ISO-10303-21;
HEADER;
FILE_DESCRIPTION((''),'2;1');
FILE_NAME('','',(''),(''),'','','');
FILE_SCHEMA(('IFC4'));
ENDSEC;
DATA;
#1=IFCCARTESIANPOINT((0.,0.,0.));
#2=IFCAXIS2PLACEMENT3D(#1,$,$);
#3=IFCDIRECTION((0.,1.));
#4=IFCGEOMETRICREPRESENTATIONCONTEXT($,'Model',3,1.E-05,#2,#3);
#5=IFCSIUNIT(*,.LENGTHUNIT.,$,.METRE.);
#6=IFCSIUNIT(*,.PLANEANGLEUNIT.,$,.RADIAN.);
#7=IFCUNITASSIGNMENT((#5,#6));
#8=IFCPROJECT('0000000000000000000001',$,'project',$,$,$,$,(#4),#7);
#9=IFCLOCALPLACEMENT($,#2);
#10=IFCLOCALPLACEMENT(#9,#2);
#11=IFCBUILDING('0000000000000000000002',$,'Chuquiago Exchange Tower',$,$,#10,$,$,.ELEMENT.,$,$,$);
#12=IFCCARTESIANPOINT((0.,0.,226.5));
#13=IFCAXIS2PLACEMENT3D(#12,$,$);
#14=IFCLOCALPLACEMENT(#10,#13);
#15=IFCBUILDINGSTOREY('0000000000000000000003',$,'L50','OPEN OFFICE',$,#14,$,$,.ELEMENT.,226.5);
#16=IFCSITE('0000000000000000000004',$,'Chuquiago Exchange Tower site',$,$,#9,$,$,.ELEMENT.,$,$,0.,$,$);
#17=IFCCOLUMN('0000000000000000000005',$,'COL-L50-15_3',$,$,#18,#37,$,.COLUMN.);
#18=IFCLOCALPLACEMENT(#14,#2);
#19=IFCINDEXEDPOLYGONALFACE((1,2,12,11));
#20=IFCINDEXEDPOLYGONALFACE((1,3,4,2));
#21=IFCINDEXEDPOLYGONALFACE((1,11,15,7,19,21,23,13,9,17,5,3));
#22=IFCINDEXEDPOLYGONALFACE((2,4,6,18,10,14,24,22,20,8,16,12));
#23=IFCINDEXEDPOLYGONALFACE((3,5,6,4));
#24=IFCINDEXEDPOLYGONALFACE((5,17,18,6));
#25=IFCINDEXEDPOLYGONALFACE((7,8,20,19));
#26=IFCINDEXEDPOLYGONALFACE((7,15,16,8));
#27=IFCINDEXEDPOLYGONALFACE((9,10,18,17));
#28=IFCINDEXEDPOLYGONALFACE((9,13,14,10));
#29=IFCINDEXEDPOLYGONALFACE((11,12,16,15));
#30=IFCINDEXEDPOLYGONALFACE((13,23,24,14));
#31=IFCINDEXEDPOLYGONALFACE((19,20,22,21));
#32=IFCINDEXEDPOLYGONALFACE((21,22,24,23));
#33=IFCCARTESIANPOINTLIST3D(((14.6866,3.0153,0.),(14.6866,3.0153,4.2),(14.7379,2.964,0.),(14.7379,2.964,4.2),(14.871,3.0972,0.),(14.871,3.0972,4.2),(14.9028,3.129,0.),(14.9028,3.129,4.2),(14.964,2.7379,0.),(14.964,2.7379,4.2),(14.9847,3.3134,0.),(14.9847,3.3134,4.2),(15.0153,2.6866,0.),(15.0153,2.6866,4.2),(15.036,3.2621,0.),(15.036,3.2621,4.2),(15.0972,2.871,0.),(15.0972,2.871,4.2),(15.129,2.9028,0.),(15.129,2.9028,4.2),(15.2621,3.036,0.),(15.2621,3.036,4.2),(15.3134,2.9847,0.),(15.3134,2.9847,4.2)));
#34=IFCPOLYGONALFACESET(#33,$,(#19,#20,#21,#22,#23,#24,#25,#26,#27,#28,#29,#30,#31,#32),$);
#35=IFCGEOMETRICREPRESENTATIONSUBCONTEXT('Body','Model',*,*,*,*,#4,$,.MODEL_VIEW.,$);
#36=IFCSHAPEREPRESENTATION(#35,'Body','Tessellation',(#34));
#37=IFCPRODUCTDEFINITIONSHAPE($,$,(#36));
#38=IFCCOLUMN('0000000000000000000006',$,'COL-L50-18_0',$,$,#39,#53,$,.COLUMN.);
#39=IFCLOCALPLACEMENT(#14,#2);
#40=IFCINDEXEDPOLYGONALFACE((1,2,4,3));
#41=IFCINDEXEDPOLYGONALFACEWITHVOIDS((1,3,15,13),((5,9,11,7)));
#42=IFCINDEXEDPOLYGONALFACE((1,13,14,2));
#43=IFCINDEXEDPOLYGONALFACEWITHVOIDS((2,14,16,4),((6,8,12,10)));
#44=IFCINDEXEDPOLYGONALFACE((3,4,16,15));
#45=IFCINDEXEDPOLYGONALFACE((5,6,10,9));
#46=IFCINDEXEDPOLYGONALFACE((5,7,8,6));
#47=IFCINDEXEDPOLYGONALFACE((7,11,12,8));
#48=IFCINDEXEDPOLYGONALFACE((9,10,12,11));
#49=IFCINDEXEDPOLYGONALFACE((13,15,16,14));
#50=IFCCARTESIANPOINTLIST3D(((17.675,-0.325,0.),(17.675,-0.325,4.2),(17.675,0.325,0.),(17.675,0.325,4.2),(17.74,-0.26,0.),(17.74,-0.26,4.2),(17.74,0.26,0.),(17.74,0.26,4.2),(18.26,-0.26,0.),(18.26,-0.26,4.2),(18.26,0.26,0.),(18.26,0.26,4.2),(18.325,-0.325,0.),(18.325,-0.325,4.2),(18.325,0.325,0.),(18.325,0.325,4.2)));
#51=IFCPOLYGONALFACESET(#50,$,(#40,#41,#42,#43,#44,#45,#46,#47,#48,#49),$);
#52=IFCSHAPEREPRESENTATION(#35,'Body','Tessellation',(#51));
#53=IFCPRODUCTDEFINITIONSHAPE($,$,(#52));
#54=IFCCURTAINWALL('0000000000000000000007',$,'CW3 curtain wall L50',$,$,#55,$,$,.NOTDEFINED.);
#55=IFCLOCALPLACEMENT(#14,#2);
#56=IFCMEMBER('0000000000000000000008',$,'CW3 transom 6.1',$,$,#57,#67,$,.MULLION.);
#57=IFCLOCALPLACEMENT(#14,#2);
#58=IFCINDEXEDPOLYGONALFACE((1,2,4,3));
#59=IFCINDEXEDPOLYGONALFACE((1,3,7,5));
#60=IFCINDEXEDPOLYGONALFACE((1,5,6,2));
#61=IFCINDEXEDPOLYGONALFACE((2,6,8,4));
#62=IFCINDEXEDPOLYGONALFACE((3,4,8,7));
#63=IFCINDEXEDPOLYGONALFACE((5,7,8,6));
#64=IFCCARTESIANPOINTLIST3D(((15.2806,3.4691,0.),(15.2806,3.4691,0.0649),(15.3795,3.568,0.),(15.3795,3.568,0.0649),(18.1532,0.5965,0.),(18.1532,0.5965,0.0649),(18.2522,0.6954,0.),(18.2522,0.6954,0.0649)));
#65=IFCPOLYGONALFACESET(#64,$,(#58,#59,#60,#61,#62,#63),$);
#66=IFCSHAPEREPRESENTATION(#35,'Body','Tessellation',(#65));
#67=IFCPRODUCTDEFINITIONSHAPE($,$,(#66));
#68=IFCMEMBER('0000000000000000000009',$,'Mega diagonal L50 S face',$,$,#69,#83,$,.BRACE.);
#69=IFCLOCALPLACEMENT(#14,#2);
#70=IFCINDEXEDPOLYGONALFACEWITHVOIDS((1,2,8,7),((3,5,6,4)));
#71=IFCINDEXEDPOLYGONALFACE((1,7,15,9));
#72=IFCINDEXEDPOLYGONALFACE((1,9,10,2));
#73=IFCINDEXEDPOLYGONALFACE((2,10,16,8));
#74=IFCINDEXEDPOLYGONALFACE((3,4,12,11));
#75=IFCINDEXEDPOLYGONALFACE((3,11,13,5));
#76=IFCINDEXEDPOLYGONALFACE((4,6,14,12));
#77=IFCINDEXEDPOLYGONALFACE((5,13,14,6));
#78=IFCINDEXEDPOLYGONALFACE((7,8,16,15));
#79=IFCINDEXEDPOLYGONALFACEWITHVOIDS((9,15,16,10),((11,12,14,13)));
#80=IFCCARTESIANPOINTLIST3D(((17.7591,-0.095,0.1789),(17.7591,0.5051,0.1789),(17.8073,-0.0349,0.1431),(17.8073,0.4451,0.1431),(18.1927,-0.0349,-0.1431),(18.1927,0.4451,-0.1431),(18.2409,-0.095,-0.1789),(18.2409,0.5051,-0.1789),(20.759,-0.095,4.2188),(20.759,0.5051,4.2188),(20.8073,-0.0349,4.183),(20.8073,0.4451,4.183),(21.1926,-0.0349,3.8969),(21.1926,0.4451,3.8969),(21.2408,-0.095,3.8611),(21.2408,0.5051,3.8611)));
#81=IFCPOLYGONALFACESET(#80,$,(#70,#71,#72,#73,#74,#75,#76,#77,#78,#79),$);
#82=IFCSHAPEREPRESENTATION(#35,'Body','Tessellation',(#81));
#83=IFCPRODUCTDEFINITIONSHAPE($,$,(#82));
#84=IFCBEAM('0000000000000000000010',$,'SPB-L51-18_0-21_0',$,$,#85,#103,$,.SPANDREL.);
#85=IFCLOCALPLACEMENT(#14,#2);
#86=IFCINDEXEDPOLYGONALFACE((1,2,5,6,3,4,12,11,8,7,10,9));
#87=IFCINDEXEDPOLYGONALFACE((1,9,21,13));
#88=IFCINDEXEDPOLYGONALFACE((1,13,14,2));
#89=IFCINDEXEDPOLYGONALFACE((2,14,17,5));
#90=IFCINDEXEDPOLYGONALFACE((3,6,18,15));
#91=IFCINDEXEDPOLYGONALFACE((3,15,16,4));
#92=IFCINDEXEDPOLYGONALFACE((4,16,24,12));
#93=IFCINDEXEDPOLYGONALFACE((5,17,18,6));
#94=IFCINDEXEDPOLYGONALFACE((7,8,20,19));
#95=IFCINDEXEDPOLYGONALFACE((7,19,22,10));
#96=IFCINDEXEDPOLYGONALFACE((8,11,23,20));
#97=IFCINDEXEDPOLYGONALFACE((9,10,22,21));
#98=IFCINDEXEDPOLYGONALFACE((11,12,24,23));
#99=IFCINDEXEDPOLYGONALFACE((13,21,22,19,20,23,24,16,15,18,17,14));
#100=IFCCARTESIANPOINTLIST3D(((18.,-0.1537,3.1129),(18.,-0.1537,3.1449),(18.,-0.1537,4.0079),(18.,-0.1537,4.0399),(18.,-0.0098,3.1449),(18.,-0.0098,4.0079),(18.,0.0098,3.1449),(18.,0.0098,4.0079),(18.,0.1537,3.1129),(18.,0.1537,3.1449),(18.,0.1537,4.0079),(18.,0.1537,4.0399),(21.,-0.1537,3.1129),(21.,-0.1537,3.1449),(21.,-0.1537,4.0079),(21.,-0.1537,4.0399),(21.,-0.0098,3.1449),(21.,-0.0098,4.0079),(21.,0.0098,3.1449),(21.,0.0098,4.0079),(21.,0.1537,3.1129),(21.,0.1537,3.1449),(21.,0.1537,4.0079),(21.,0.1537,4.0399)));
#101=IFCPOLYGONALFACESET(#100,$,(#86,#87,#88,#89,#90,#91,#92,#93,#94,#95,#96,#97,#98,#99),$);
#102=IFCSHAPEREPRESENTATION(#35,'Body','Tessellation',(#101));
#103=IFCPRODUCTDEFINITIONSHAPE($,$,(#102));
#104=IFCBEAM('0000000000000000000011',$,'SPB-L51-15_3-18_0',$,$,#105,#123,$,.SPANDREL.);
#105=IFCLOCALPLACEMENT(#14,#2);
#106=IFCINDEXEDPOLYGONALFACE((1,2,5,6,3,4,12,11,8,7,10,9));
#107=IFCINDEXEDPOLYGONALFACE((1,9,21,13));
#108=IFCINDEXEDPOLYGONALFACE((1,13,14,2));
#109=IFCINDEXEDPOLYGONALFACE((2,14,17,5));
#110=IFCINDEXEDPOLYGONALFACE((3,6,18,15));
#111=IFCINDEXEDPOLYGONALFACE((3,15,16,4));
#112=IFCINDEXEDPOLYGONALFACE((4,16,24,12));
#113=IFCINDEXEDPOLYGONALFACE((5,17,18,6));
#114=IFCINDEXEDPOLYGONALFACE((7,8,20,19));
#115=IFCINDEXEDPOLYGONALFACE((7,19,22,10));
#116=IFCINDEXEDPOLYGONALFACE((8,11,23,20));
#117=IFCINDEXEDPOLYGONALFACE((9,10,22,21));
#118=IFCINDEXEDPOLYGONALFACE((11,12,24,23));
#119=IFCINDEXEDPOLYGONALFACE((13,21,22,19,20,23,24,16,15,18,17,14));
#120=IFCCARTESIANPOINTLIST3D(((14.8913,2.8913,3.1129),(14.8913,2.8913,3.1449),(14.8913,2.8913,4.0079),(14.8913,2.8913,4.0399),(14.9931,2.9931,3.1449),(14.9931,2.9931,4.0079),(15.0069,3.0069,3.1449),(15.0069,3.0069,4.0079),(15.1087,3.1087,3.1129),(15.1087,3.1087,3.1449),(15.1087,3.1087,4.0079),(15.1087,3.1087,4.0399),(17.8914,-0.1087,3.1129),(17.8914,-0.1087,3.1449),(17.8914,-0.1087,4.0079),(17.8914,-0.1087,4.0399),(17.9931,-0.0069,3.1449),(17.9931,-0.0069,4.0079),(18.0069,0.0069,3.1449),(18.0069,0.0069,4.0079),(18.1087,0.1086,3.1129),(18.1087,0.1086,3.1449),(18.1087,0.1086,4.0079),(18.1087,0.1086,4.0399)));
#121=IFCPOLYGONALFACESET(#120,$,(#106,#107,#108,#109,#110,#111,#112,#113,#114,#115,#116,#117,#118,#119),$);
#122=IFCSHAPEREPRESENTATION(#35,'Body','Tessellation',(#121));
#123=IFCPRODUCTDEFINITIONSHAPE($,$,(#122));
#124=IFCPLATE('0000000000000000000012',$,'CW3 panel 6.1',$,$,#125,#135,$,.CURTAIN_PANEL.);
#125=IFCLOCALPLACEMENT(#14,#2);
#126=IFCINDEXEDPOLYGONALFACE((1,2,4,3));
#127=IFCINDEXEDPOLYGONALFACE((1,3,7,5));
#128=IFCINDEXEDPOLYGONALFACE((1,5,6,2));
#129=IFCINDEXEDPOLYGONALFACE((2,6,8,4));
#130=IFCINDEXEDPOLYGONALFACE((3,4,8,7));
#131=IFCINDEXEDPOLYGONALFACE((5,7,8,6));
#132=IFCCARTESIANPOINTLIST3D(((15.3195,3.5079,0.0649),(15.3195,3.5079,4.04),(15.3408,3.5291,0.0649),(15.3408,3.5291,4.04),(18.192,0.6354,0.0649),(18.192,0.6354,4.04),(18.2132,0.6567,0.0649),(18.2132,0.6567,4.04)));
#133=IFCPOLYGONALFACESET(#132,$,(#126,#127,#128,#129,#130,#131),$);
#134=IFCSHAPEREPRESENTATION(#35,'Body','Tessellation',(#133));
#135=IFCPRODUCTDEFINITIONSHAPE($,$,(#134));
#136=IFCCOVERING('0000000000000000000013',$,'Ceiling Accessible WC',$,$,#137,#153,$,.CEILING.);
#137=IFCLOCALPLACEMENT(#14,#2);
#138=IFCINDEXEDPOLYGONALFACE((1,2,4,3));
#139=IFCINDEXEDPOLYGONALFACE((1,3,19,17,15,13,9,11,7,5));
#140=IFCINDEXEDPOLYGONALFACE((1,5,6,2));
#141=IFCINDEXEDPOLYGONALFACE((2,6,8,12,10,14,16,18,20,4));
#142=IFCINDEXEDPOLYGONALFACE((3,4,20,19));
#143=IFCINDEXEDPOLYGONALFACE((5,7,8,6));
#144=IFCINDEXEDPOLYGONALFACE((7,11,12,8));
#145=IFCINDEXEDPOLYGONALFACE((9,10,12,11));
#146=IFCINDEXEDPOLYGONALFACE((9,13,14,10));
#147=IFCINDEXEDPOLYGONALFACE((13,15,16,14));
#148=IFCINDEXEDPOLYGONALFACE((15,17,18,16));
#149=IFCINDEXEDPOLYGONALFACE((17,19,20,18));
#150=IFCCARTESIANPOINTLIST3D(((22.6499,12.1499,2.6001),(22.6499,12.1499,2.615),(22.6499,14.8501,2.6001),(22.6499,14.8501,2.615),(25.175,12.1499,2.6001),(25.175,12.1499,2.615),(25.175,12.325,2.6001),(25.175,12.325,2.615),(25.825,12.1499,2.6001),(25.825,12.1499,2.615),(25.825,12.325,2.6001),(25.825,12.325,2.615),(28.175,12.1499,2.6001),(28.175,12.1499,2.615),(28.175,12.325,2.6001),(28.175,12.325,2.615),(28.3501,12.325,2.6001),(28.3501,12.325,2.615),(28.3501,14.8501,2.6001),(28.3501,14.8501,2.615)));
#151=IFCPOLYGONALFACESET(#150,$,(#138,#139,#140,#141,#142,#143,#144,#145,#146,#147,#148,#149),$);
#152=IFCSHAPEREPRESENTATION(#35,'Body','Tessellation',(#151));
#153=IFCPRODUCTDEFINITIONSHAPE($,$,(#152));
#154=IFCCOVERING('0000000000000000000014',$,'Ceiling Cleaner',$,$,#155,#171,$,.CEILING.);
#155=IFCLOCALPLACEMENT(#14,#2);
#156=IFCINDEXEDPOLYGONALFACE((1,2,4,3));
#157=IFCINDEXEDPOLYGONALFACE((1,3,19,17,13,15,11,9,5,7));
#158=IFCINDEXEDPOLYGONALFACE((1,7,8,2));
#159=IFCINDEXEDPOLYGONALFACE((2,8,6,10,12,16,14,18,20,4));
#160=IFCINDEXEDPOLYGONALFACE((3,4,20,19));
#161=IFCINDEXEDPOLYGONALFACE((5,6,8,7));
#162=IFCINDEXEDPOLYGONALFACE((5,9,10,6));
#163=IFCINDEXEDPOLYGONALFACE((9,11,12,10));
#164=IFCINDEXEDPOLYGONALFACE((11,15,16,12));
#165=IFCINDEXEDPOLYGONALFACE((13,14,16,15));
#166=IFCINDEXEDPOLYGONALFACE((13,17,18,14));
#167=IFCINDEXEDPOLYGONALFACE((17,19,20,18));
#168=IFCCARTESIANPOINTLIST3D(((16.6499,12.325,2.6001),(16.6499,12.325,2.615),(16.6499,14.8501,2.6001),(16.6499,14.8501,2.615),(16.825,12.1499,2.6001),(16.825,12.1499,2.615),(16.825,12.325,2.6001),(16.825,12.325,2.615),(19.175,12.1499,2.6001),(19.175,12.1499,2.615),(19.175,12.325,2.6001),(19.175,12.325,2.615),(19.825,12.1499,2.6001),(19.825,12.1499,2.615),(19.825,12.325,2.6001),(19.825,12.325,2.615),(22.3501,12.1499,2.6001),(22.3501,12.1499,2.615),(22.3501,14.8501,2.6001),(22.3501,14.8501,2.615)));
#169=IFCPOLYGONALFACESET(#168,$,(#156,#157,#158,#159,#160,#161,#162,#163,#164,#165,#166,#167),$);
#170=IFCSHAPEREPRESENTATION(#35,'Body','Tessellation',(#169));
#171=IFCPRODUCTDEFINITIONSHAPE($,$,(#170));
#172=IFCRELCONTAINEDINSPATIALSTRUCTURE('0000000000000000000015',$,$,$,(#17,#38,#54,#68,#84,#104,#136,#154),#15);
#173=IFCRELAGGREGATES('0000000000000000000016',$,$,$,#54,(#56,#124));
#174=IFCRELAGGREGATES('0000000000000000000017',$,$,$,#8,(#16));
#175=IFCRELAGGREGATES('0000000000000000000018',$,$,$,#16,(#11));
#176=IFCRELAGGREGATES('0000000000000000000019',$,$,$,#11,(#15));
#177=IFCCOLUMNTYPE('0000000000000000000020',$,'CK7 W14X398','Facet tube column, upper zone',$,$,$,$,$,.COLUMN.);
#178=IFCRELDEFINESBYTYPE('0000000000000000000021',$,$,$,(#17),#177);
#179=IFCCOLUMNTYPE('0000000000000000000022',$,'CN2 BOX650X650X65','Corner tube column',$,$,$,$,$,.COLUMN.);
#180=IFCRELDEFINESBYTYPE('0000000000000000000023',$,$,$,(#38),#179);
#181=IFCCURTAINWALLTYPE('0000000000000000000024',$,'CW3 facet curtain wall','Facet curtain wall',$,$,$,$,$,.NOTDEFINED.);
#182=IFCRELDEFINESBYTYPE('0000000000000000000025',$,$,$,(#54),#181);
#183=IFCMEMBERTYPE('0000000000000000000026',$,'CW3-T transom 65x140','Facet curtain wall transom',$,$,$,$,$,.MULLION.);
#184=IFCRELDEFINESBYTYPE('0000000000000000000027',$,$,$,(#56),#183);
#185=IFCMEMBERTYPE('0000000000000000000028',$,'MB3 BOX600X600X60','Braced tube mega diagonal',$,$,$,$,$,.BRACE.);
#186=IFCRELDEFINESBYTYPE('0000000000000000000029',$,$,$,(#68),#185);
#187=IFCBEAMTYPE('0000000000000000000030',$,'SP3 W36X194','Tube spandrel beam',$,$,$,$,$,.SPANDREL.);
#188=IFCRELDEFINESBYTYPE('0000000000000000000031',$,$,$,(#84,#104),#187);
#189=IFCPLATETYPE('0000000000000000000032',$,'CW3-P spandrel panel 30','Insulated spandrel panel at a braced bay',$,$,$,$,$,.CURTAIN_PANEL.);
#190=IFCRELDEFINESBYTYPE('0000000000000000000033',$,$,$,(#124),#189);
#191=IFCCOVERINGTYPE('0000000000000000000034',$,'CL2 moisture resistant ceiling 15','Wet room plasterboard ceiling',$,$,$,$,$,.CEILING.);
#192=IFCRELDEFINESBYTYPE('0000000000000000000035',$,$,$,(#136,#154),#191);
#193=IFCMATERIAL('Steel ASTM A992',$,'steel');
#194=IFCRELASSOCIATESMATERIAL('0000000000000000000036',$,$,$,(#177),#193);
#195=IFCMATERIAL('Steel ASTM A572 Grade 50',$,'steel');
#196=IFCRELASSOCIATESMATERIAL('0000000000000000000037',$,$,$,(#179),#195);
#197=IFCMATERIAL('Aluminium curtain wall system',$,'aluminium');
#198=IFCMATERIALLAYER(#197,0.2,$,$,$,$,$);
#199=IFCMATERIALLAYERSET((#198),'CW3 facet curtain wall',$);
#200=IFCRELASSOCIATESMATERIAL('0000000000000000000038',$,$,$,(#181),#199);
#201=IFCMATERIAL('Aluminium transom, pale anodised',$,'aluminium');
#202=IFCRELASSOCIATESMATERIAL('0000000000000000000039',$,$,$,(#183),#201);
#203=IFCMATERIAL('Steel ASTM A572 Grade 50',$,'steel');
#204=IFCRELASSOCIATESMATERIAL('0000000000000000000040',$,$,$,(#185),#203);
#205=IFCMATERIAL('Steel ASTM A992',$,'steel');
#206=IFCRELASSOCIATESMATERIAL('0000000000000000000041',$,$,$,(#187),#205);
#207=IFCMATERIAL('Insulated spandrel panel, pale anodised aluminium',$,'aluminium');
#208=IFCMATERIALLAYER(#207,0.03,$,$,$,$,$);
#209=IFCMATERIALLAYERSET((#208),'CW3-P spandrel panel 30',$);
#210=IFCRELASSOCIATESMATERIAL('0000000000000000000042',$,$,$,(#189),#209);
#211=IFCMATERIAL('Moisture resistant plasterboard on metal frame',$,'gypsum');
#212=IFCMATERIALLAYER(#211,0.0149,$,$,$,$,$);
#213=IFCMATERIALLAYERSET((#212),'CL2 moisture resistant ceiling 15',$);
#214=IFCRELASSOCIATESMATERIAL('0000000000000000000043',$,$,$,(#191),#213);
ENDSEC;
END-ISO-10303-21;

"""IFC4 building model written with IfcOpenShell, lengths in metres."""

from ifc_helpers import new_model, si_unit, direction, frame, origin, origin_2d, place, context, subcontext, project, spatial, polyline, rectangle, hollow_rectangle, i_section, outline, extrude, material, layer, layer_set, material_profile, profile_set, type_object, element, aggregate, save


model = new_model("IFC4")

# Units and contexts
model_context = context("Model", 3, precision=1e-05, world=origin(), true_north=direction((0.0, 1.0)))
body_context = subcontext(model_context, "Body", "Model", "MODEL_VIEW")
ifc_project = project(units=[si_unit("LENGTHUNIT", "METRE"), si_unit("PLANEANGLEUNIT", "RADIAN")], contexts=[model_context])

# Site, building, storey
site_placement = place(None, origin())
site = spatial("IfcSite", under=ifc_project, at=site_placement, Name="Chuquiago Exchange Tower site", CompositionType="ELEMENT", RefElevation=0.0)
building_placement = place(site_placement, origin())
building = spatial("IfcBuilding", under=site, at=building_placement, Name="Chuquiago Exchange Tower", CompositionType="ELEMENT")
storey_placement = place(building_placement, frame((0.0, 0.0, 226.5)))
storey = spatial("IfcBuildingStorey", under=building, at=storey_placement, Name="L50", Description="OPEN OFFICE", CompositionType="ELEMENT", Elevation=226.5)

# Columns
ifc_material_1 = material(Name="Steel ASTM A992", Category="steel")
ifc_material_profile_1 = material_profile(ifc_material_1, i_section(OverallWidth=0.4216, OverallDepth=0.4648, WebThickness=0.0449, FlangeThickness=0.0725, at=origin_2d()), Name="W14X398")
ifc_profile_set_1 = profile_set([ifc_material_profile_1], Name="Steel ASTM A992")
column_type_1 = type_object("IfcColumnType", Name="CK7 W14X398", Description="Facet tube column, upper zone", PredefinedType="COLUMN", material=ifc_profile_set_1)
column_1_placement = place(storey_placement, frame((15.0, 3.0, 0.0), z_axis=(0.0, 0.0, 1.0), x_axis=(-0.707107, -0.707107, 0.0)))
element("IfcColumn", 1, at=column_1_placement, inside=storey, type_object=column_type_1, Name="COL-L50-15_3", PredefinedType="COLUMN", context=body_context, shape_type="SweptSolid", body=[
    extrude(i_section(OverallWidth=0.4216, OverallDepth=0.4648, WebThickness=0.0449, FlangeThickness=0.0725, at=origin_2d()), origin(), (0.0, 0.0, 1.0), 4.2),
])
ifc_material_2 = material(Name="Steel ASTM A572 Grade 50", Category="steel")
ifc_material_profile_2 = material_profile(ifc_material_2, hollow_rectangle(XDim=0.6499, YDim=0.6499, WallThickness=0.0649, at=origin_2d()), Name="BOX650X650X65")
ifc_profile_set_2 = profile_set([ifc_material_profile_2], Name="Steel ASTM A572 Grade 50")
column_type_2 = type_object("IfcColumnType", Name="CN2 BOX650X650X65", Description="Corner tube column", PredefinedType="COLUMN", material=ifc_profile_set_2)
column_2_placement = place(storey_placement, frame((18.0, 0.0, 0.0), z_axis=(0.0, 0.0, 1.0), x_axis=(0.0, -1.0, 0.0)))
element("IfcColumn", 2, at=column_2_placement, inside=storey, type_object=column_type_2, Name="COL-L50-18_0", PredefinedType="COLUMN", context=body_context, shape_type="SweptSolid", body=[
    extrude(hollow_rectangle(XDim=0.6499, YDim=0.6499, WallThickness=0.0649, at=origin_2d()), origin(), (0.0, 0.0, 1.0), 4.2),
])

# Curtain wall, member
ifc_material_3 = material(Name="Aluminium curtain wall system", Category="aluminium")
ifc_layer_1 = layer(ifc_material_3, 0.2)
ifc_layer_set_1 = layer_set([ifc_layer_1], Name="CW3 facet curtain wall")
curtain_wall_type = type_object("IfcCurtainWallType", Name="CW3 facet curtain wall", Description="Facet curtain wall", PredefinedType="NOTDEFINED", material=ifc_layer_set_1)
curtain_wall_placement = place(storey_placement, origin())
curtain_wall = element("IfcCurtainWall", 3, at=curtain_wall_placement, inside=storey, type_object=curtain_wall_type, Name="CW3 curtain wall L50", PredefinedType="NOTDEFINED")
ifc_material_4 = material(Name="Aluminium transom, pale anodised", Category="aluminium")
ifc_material_profile_3 = material_profile(ifc_material_4, rectangle(XDim=0.1399, YDim=0.0649, at=origin_2d()), Name="AL 140x65")
ifc_profile_set_3 = profile_set([ifc_material_profile_3], Name="Aluminium transom, pale anodised")
member_type_1 = type_object("IfcMemberType", Name="CW3-T transom 65x140", Description="Facet curtain wall transom", PredefinedType="MULLION", material=ifc_profile_set_3)
member_1_placement = place(storey_placement, frame((15.3301, 3.5186, 0.0325), z_axis=(0.707107, -0.707107, 0.0), x_axis=(0.707107, 0.707107, 0.0)))
member_1 = element("IfcMember", 4, at=member_1_placement, type_object=member_type_1, Name="CW3 transom 6.1", PredefinedType="MULLION", context=body_context, shape_type="SweptSolid", body=[
    extrude(rectangle(XDim=0.1399, YDim=0.0649, at=origin_2d()), origin(), (0.0, 0.0, 1.0), 4.0625),
])

# Member
ifc_material_5 = material(Name="Steel ASTM A572 Grade 50", Category="steel")
ifc_material_profile_4 = material_profile(ifc_material_5, hollow_rectangle(XDim=0.6001, YDim=0.6001, WallThickness=0.0601, at=origin_2d()), Name="BOX600X600X60")
ifc_profile_set_4 = profile_set([ifc_material_profile_4], Name="Steel ASTM A572 Grade 50")
member_type_2 = type_object("IfcMemberType", Name="MB3 BOX600X600X60", Description="Braced tube mega diagonal", PredefinedType="BRACE", material=ifc_profile_set_4)
member_2_placement = place(storey_placement, frame((18.0, 0.2051, 0.0), z_axis=(0.596174, 0.0, 0.802855), x_axis=(0.0, 1.0, 0.0)))
element("IfcMember", 5, at=member_2_placement, inside=storey, type_object=member_type_2, Name="Mega diagonal L50 S face", PredefinedType="BRACE", context=body_context, shape_type="SweptSolid", body=[
    extrude(hollow_rectangle(XDim=0.6001, YDim=0.6001, WallThickness=0.0601, at=origin_2d()), origin(), (0.0, 0.0, 1.0), 5.032),
])

# Beams
ifc_material_6 = material(Name="Steel ASTM A992", Category="steel")
ifc_material_profile_5 = material_profile(ifc_material_6, i_section(OverallWidth=0.3074, OverallDepth=0.927, WebThickness=0.0195, FlangeThickness=0.032, at=origin_2d()), Name="W36X194")
ifc_profile_set_5 = profile_set([ifc_material_profile_5], Name="Steel ASTM A992")
beam_type = type_object("IfcBeamType", Name="SP3 W36X194", Description="Tube spandrel beam", PredefinedType="SPANDREL", material=ifc_profile_set_5)
beam_1_placement = place(storey_placement, frame((18.0, 0.0, 3.5764), z_axis=(1.0, 0.0, 0.0), x_axis=(0.0, 1.0, 0.0)))
element("IfcBeam", 6, at=beam_1_placement, inside=storey, type_object=beam_type, Name="SPB-L51-18_0-21_0", PredefinedType="SPANDREL", context=body_context, shape_type="SweptSolid", body=[
    extrude(i_section(OverallWidth=0.3074, OverallDepth=0.927, WebThickness=0.0195, FlangeThickness=0.032, at=origin_2d()), origin(), (0.0, 0.0, 1.0), 3.0),
])
beam_2_placement = place(storey_placement, frame((15.0, 3.0, 3.5764), z_axis=(0.707107, -0.707107, 0.0), x_axis=(0.707107, 0.707107, 0.0)))
element("IfcBeam", 7, at=beam_2_placement, inside=storey, type_object=beam_type, Name="SPB-L51-15_3-18_0", PredefinedType="SPANDREL", context=body_context, shape_type="SweptSolid", body=[
    extrude(i_section(OverallWidth=0.3074, OverallDepth=0.927, WebThickness=0.0195, FlangeThickness=0.032, at=origin_2d()), origin(), (0.0, 0.0, 1.0), 4.2427),
])

# Plate
ifc_material_7 = material(Name="Insulated spandrel panel, pale anodised aluminium", Category="aluminium")
ifc_layer_2 = layer(ifc_material_7, 0.03)
ifc_layer_set_2 = layer_set([ifc_layer_2], Name="CW3-P spandrel panel 30")
plate_type = type_object("IfcPlateType", Name="CW3-P spandrel panel 30", Description="Insulated spandrel panel at a braced bay", PredefinedType="CURTAIN_PANEL", material=ifc_layer_set_2)
plate_placement = place(storey_placement, frame((16.7664, 2.0823, 0.0649), z_axis=(0.0, 0.0, 1.0), x_axis=(0.707107, -0.707107, 0.0)))
plate = element("IfcPlate", 8, at=plate_placement, type_object=plate_type, Name="CW3 panel 6.1", PredefinedType="CURTAIN_PANEL", context=body_context, shape_type="SweptSolid", body=[
    extrude(rectangle(XDim=4.0623, YDim=0.03, at=origin_2d()), origin(), (0.0, 0.0, 1.0), 3.9751),
])
aggregate(curtain_wall, [member_1, plate])

# Coverings
ifc_material_8 = material(Name="Moisture resistant plasterboard on metal frame", Category="gypsum")
ifc_layer_3 = layer(ifc_material_8, 0.0149)
ifc_layer_set_3 = layer_set([ifc_layer_3], Name="CL2 moisture resistant ceiling 15")
covering_type_1 = type_object("IfcCoveringType", Name="CL2 moisture resistant ceiling 15", Description="Wet room plasterboard ceiling", PredefinedType="CEILING", material=ifc_layer_set_3)
covering_1_placement = place(storey_placement, frame((0.0, 0.0, 2.6001)))
element("IfcCovering", 9, at=covering_1_placement, inside=storey, type_object=covering_type_1, Name="Ceiling Accessible WC", PredefinedType="CEILING", context=body_context, shape_type="SweptSolid", body=[
    extrude(outline(polyline([(25.825, 12.1499), (25.825, 12.325), (25.175, 12.325), (25.175, 12.1499), (22.6499, 12.1499), (22.6499, 14.8501), (28.3501, 14.8501), (28.3501, 12.325), (28.175, 12.325), (28.175, 12.1499), (25.825, 12.1499)])), origin(), (0.0, 0.0, 1.0), 0.0149),
])
covering_2_placement = place(storey_placement, frame((0.0, 0.0, 2.6001)))
element("IfcCovering", 10, at=covering_2_placement, inside=storey, type_object=covering_type_1, Name="Ceiling Cleaner", PredefinedType="CEILING", context=body_context, shape_type="SweptSolid", body=[
    extrude(outline(polyline([(19.825, 12.1499), (19.825, 12.325), (19.175, 12.325), (19.175, 12.1499), (16.825, 12.1499), (16.825, 12.325), (16.6499, 12.325), (16.6499, 14.8501), (22.3501, 14.8501), (22.3501, 12.1499), (19.825, 12.1499)])), origin(), (0.0, 0.0, 1.0), 0.0149),
])

save(model, "model.ifc")
